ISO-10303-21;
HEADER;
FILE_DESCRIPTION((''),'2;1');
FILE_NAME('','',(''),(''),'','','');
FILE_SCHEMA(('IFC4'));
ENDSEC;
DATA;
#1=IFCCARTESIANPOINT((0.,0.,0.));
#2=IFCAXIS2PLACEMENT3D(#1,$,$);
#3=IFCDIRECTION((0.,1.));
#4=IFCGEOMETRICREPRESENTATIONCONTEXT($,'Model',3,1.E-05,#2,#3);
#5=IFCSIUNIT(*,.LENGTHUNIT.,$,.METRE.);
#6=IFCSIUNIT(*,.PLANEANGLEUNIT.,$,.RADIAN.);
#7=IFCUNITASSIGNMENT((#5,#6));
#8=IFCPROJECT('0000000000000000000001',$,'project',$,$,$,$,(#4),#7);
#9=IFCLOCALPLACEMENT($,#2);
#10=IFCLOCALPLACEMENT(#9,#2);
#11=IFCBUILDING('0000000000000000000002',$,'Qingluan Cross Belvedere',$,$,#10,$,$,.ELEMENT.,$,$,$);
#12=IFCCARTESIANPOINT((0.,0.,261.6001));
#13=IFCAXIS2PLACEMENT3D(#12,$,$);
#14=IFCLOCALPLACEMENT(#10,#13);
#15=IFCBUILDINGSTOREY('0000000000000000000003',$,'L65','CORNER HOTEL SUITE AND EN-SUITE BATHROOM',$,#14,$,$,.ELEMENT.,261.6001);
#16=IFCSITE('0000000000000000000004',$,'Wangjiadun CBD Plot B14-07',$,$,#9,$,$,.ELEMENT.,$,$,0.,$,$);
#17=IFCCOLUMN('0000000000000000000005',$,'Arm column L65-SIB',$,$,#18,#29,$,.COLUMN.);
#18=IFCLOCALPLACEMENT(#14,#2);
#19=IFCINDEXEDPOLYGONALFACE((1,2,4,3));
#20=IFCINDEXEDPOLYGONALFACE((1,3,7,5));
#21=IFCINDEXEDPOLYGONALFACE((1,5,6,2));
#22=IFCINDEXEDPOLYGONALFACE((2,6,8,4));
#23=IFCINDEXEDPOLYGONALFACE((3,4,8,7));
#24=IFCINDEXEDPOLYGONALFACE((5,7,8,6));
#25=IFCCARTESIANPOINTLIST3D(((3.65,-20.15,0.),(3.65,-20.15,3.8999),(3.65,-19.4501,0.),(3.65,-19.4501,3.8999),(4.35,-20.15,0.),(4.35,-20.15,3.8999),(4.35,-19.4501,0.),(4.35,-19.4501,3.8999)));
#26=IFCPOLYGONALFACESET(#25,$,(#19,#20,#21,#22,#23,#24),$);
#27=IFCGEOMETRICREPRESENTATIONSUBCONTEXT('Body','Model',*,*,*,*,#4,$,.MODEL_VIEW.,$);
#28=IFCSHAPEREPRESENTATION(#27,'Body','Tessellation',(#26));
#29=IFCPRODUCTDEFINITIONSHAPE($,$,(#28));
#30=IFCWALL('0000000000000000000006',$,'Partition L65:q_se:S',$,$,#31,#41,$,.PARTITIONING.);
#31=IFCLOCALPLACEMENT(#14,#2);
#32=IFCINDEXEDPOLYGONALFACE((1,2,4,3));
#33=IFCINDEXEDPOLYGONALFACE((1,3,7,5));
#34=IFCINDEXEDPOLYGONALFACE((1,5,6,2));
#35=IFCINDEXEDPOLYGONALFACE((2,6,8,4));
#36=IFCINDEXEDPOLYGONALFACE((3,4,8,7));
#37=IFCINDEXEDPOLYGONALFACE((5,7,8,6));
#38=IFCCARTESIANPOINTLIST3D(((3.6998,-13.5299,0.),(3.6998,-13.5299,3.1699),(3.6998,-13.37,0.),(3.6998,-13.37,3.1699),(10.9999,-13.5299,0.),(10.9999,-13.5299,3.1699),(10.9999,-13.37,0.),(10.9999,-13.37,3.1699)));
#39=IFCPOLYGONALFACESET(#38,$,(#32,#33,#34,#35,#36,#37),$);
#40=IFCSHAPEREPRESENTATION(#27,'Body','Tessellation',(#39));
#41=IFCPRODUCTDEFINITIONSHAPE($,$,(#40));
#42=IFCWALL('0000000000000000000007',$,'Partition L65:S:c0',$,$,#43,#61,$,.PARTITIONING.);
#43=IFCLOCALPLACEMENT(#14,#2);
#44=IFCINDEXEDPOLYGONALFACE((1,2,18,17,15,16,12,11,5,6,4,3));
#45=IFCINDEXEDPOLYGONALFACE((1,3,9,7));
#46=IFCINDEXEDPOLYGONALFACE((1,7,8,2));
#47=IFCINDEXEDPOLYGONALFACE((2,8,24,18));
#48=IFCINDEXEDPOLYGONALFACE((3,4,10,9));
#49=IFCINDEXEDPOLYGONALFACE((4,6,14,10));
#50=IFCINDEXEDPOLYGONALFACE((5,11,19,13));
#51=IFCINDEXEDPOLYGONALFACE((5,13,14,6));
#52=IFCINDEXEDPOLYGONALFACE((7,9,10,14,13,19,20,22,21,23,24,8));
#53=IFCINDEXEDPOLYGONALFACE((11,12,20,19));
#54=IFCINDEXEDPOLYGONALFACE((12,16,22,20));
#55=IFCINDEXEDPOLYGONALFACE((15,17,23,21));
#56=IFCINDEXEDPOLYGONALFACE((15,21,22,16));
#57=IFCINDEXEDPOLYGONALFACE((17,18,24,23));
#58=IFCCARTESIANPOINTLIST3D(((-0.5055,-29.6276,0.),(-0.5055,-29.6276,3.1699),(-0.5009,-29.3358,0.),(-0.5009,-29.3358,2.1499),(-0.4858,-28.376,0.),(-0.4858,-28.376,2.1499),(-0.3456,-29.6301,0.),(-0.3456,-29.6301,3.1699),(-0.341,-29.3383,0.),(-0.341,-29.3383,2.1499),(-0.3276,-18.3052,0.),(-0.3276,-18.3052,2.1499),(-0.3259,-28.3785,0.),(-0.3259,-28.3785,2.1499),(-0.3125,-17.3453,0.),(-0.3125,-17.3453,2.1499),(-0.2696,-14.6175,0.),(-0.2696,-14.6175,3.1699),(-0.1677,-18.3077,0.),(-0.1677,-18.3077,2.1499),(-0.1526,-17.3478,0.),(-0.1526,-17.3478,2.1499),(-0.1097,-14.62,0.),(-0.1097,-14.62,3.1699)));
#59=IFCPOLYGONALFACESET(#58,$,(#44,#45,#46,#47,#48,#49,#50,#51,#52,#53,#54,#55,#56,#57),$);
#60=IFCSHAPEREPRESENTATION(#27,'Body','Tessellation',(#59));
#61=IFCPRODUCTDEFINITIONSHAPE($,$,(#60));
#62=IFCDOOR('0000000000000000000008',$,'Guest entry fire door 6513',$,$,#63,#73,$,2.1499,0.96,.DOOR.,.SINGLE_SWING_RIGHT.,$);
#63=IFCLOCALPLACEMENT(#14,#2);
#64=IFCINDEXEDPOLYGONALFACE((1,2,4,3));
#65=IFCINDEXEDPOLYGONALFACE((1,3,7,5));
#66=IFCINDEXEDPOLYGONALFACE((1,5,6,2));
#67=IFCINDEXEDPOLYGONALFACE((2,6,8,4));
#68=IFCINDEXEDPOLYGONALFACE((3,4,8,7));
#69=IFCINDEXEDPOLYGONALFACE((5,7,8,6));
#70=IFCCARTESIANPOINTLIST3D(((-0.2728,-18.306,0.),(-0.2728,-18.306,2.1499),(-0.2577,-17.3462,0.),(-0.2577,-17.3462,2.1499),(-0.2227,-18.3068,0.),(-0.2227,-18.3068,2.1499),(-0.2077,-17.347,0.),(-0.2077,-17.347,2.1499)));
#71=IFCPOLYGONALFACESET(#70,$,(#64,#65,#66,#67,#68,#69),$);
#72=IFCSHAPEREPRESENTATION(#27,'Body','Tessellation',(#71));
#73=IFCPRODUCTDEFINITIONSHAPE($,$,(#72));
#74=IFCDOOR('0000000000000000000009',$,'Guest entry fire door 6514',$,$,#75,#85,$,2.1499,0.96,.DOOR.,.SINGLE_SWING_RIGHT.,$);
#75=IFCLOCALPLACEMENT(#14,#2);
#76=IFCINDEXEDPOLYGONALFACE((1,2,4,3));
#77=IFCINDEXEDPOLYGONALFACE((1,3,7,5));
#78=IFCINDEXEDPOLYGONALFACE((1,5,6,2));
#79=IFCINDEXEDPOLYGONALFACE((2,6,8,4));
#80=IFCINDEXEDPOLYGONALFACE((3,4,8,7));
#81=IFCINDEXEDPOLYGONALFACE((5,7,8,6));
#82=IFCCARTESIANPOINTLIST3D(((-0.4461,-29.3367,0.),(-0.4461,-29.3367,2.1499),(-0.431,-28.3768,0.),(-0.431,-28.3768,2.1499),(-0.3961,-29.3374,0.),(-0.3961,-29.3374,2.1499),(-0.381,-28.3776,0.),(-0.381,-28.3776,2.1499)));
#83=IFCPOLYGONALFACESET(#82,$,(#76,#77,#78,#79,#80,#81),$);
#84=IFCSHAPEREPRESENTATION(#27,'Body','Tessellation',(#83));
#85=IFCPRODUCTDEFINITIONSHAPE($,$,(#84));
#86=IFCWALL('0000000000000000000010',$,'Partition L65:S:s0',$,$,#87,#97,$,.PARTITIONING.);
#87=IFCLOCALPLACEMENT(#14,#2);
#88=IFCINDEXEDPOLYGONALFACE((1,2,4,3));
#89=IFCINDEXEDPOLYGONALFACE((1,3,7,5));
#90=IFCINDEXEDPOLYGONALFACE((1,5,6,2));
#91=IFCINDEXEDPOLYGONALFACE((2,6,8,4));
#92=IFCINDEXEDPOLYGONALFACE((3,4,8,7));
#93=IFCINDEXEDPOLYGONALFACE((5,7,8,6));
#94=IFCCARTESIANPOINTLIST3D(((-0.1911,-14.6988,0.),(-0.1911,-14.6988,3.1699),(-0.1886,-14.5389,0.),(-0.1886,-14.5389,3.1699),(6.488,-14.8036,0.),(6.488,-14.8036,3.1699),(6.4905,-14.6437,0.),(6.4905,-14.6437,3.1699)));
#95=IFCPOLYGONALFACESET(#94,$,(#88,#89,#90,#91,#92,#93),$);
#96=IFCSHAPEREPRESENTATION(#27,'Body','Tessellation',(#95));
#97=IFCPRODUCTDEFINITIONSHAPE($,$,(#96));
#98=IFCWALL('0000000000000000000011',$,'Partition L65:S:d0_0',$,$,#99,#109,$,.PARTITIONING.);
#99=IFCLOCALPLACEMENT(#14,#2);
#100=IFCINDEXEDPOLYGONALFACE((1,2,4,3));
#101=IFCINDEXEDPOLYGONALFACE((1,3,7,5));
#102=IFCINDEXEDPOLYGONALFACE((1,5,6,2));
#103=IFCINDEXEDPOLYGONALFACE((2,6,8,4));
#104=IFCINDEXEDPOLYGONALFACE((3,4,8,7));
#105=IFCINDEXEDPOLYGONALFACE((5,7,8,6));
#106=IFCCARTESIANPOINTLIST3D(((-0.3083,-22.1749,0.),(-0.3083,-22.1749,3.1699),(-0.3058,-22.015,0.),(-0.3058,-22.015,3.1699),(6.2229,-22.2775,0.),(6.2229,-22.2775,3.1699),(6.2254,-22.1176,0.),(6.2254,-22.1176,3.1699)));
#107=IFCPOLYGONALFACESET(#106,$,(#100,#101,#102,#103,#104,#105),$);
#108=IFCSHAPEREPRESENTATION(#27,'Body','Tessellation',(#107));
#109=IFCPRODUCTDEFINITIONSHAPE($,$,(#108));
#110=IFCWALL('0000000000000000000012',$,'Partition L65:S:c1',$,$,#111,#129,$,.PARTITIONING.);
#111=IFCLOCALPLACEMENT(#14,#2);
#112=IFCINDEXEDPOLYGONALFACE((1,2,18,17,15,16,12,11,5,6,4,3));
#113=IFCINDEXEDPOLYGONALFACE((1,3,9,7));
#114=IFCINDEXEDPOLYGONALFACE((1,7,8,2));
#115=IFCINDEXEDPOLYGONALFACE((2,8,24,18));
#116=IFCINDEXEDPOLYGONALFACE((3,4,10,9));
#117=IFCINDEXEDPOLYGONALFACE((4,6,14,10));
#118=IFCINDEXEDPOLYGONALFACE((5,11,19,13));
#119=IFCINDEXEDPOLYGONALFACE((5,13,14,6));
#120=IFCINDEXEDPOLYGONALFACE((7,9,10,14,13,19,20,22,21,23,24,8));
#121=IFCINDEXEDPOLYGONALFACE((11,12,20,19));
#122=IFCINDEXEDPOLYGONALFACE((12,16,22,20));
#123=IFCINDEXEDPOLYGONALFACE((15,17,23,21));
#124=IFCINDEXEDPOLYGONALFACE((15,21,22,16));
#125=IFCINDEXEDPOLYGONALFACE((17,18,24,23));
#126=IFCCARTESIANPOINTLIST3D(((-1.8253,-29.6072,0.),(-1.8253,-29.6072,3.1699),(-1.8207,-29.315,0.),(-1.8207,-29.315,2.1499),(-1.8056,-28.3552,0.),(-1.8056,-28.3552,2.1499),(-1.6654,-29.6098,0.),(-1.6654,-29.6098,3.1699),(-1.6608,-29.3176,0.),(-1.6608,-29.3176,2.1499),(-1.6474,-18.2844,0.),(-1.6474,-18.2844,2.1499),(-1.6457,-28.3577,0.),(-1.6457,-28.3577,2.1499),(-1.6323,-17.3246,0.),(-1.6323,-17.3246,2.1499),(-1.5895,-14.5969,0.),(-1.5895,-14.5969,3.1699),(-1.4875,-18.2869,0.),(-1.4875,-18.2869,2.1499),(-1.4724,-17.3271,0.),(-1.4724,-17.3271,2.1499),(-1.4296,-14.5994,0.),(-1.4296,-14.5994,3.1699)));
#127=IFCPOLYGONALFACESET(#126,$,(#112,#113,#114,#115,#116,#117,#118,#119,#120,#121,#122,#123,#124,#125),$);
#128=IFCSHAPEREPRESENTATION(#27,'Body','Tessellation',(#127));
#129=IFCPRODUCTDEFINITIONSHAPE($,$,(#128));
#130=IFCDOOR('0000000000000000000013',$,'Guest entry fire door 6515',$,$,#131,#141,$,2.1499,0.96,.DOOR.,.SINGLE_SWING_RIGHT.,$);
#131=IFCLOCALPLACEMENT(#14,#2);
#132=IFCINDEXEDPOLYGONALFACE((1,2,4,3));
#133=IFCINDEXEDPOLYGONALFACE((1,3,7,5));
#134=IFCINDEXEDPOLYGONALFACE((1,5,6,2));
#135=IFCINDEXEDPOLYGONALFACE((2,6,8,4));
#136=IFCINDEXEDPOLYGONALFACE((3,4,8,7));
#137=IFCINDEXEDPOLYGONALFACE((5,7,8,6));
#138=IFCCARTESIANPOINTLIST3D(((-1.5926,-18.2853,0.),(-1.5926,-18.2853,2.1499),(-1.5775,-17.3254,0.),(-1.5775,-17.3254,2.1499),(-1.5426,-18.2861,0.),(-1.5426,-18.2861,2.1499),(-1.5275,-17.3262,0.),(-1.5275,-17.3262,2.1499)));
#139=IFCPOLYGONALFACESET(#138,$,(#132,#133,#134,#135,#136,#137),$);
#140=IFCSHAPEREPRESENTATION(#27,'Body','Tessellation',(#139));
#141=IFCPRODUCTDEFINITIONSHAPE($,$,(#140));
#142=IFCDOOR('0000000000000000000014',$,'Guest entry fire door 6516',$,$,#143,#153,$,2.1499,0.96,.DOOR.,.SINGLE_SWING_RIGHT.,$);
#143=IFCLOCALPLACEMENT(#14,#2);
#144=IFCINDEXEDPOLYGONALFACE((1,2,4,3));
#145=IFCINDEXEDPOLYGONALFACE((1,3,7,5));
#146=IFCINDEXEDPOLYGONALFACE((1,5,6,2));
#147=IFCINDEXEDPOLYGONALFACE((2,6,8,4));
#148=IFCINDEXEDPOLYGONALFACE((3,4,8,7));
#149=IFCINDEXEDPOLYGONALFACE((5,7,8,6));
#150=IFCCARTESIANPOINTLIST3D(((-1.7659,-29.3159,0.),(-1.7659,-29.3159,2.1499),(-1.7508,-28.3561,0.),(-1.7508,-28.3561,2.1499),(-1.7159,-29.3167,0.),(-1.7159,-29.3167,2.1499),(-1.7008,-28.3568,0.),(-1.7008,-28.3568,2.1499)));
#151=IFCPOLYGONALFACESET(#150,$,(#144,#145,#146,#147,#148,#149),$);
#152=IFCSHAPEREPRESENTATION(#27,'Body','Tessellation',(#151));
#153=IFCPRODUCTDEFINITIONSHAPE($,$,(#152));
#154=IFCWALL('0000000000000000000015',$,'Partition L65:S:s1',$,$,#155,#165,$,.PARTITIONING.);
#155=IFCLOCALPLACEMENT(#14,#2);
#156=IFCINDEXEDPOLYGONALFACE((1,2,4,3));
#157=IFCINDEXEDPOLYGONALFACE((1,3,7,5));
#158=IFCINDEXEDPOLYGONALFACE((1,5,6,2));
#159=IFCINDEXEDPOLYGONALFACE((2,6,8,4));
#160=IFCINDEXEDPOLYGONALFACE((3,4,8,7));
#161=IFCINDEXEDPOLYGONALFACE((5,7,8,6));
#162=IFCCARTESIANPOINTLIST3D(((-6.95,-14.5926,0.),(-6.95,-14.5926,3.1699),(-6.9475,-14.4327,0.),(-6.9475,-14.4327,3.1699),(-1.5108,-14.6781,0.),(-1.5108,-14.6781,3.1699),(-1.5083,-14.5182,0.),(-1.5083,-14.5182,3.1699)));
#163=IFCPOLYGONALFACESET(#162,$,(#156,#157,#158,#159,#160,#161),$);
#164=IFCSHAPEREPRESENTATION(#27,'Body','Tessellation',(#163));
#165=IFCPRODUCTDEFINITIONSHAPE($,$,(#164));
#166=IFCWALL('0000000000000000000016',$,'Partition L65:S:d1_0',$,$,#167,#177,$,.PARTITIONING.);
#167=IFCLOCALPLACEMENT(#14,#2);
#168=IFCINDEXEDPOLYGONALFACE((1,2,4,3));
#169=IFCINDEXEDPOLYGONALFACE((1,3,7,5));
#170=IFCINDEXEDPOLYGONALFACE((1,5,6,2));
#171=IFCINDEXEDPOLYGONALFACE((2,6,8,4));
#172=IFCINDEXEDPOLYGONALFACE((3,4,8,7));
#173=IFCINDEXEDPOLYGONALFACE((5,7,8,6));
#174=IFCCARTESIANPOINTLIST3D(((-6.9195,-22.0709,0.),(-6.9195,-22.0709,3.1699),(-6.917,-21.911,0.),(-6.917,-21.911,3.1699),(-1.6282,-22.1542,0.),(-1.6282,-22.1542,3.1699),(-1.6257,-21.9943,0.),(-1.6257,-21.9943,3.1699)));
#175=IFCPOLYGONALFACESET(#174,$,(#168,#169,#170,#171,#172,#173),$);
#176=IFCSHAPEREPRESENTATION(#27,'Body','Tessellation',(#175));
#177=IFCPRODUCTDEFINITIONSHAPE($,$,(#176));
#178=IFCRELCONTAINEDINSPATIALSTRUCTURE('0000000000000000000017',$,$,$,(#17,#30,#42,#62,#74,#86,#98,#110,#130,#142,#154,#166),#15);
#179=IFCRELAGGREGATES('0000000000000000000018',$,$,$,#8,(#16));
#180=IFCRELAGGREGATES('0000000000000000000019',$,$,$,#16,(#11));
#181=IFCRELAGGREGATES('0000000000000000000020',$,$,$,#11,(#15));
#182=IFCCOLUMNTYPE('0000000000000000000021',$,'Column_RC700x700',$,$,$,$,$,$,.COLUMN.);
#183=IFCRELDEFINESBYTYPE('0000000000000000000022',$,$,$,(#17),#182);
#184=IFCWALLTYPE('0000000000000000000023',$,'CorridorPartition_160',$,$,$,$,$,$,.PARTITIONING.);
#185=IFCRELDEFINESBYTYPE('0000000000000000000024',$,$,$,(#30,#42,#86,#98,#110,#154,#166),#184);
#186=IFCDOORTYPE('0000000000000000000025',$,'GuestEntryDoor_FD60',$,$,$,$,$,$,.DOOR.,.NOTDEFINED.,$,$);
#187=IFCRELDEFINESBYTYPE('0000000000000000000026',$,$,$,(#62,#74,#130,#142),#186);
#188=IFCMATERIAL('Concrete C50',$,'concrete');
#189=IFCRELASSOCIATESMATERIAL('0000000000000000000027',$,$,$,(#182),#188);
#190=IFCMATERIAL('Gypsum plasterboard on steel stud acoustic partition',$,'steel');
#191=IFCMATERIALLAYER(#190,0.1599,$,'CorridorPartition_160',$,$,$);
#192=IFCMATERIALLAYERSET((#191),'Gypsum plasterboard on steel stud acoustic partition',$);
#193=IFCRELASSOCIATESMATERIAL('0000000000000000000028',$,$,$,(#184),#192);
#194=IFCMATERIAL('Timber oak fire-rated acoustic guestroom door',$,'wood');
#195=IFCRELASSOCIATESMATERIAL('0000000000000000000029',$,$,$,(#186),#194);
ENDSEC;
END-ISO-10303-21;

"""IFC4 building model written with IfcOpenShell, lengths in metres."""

from ifc_helpers import new_model, si_unit, direction, frame, frame_2d, origin, origin_2d, place, context, subcontext, project, spatial, rectangle, extrude, material, layer, layer_set, material_profile, profile_set, type_object, element, fill, save


model = new_model("IFC4")

# Units and contexts
model_context = context("Model", 3, precision=1e-05, world=origin(), true_north=direction((0.0, 1.0)))
body_context = subcontext(model_context, "Body", "Model", "MODEL_VIEW")
ifc_project = project(units=[si_unit("LENGTHUNIT", "METRE"), si_unit("PLANEANGLEUNIT", "RADIAN")], contexts=[model_context])

# Site, building, storey
site_placement = place(None, origin())
site = spatial("IfcSite", under=ifc_project, at=site_placement, Name="Wangjiadun CBD Plot B14-07", CompositionType="ELEMENT", RefElevation=0.0)
building_placement = place(site_placement, origin())
building = spatial("IfcBuilding", under=site, at=building_placement, Name="Qingluan Cross Belvedere", CompositionType="ELEMENT")
storey_placement = place(building_placement, frame((0.0, 0.0, 261.6001)))
storey = spatial("IfcBuildingStorey", under=building, at=storey_placement, Name="L65", Description="CORNER HOTEL SUITE AND EN-SUITE BATHROOM", CompositionType="ELEMENT", Elevation=261.6001)

# Column
ifc_material_1 = material(Name="Concrete C50", Category="concrete")
ifc_material_profile = material_profile(ifc_material_1, rectangle(XDim=0.7, YDim=0.7, at=origin_2d()), Name="RC700x700")
ifc_profile_set = profile_set([ifc_material_profile], Name="Concrete C50")
column_type = type_object("IfcColumnType", Name="Column_RC700x700", PredefinedType="COLUMN", material=ifc_profile_set)
column_placement = place(storey_placement, frame((4.0, -19.8, 0.0), z_axis=(0.0, 0.0, 1.0), x_axis=(1.0, 0.0, 0.0)))
element("IfcColumn", 1, at=column_placement, inside=storey, type_object=column_type, Name="Arm column L65-SIB", PredefinedType="COLUMN", context=body_context, shape_type="SweptSolid", body=[
    extrude(rectangle(XDim=0.7, YDim=0.7, at=origin_2d()), origin(), (0.0, 0.0, 1.0), 3.8999),
])

# Wall
ifc_material_2 = material(Name="Gypsum plasterboard on steel stud acoustic partition", Category="steel")
ifc_layer_1 = layer(ifc_material_2, 0.1599, Name="CorridorPartition_160")
ifc_layer_set_1 = layer_set([ifc_layer_1], Name="Gypsum plasterboard on steel stud acoustic partition")
wall_type_1 = type_object("IfcWallType", Name="CorridorPartition_160", PredefinedType="PARTITIONING", material=ifc_layer_set_1)
wall_1_placement = place(storey_placement, frame((3.7, -13.45, 0.0), z_axis=(0.0, 0.0, 1.0), x_axis=(1.0, 0.0, 0.0)))
element("IfcWall", 2, at=wall_1_placement, inside=storey, type_object=wall_type_1, Name="Partition L65:q_se:S", PredefinedType="PARTITIONING", context=body_context, shape_type="SweptSolid", body=[
    extrude(rectangle(XDim=7.3, YDim=0.1599, at=frame_2d((3.6499, 0.0))), origin(), (0.0, 0.0, 1.0), 3.1699),
])

# Wall, openings, doors
wall_2_placement = place(storey_placement, frame((-0.1897, -14.6189, 0.0), z_axis=(0.0, 0.0, 1.0), x_axis=(-0.01571, -0.999877, 0.0)))
wall_2 = element("IfcWall", 3, at=wall_2_placement, inside=storey, type_object=wall_type_1, Name="Partition L65:S:c0", PredefinedType="PARTITIONING", context=body_context, shape_type="SweptSolid", body=[
    extrude(rectangle(XDim=15.012, YDim=0.1599, at=frame_2d((7.5059, 0.0))), origin(), (0.0, 0.0, 1.0), 3.1699),
])
opening_1_placement = place(wall_2_placement, frame((2.728, 0.0, 0.0)))
opening_1 = element("IfcOpeningElement", 4, at=opening_1_placement, cuts=wall_2, PredefinedType="OPENING", context=body_context, shape_type="SweptSolid", body=[
    extrude(rectangle(XDim=0.96, YDim=2.1499, at=frame_2d((0.48, 1.075))), frame((0.0, 0.0898, 0.0), z_axis=(0.0, -1.0, 0.0), x_axis=(1.0, 0.0, 0.0)), (0.0, 0.0, 1.0), 0.1799),
])
opening_2_placement = place(wall_2_placement, frame((13.76, 0.0, 0.0)))
opening_2 = element("IfcOpeningElement", 5, at=opening_2_placement, cuts=wall_2, PredefinedType="OPENING", context=body_context, shape_type="SweptSolid", body=[
    extrude(rectangle(XDim=0.96, YDim=2.1499, at=frame_2d((0.48, 1.075))), frame((0.0, 0.0898, 0.0), z_axis=(0.0, -1.0, 0.0), x_axis=(1.0, 0.0, 0.0)), (0.0, 0.0, 1.0), 0.1799),
])
ifc_material_3 = material(Name="Timber oak fire-rated acoustic guestroom door", Category="wood")
door_type_1 = type_object("IfcDoorType", Name="GuestEntryDoor_FD60", OperationType="NOTDEFINED", PredefinedType="DOOR", material=ifc_material_3)
door_1_placement = place(opening_1_placement, origin())
door_1 = element("IfcDoor", 6, at=door_1_placement, inside=storey, type_object=door_type_1, Name="Guest entry fire door 6513", OperationType="SINGLE_SWING_RIGHT", OverallHeight=2.1499, OverallWidth=0.96, PredefinedType="DOOR", context=body_context, shape_type="SweptSolid", body=[
    extrude(rectangle(XDim=0.96, YDim=2.1499, at=frame_2d((0.48, 1.075))), frame((0.0, 0.0249, 0.0), z_axis=(0.0, -1.0, 0.0), x_axis=(1.0, 0.0, 0.0)), (0.0, 0.0, 1.0), 0.05),
])
fill(opening_1, door_1)
door_2_placement = place(opening_2_placement, origin())
door_2 = element("IfcDoor", 7, at=door_2_placement, inside=storey, type_object=door_type_1, Name="Guest entry fire door 6514", OperationType="SINGLE_SWING_RIGHT", OverallHeight=2.1499, OverallWidth=0.96, PredefinedType="DOOR", context=body_context, shape_type="SweptSolid", body=[
    extrude(rectangle(XDim=0.96, YDim=2.1499, at=frame_2d((0.48, 1.075))), frame((0.0, 0.0249, 0.0), z_axis=(0.0, -1.0, 0.0), x_axis=(1.0, 0.0, 0.0)), (0.0, 0.0, 1.0), 0.05),
])
fill(opening_2, door_2)

# Walls
wall_3_placement = place(storey_placement, frame((-0.1897, -14.6189, 0.0), z_axis=(0.0, 0.0, 1.0), x_axis=(0.999877, -0.015679, 0.0)))
element("IfcWall", 8, at=wall_3_placement, inside=storey, type_object=wall_type_1, Name="Partition L65:S:s0", PredefinedType="PARTITIONING", context=body_context, shape_type="SweptSolid", body=[
    extrude(rectangle(XDim=6.6799, YDim=0.1599, at=frame_2d((3.3398, 0.0))), origin(), (0.0, 0.0, 1.0), 3.1699),
])
wall_4_placement = place(storey_placement, frame((-0.3071, -22.095, 0.0), z_axis=(0.0, 0.0, 1.0), x_axis=(0.999877, -0.015698, 0.0)))
element("IfcWall", 9, at=wall_4_placement, inside=storey, type_object=wall_type_1, Name="Partition L65:S:d0_0", PredefinedType="PARTITIONING", context=body_context, shape_type="SweptSolid", body=[
    extrude(rectangle(XDim=6.532, YDim=0.1599, at=frame_2d((3.2661, 0.0))), origin(), (0.0, 0.0, 1.0), 3.1699),
])

# Wall, openings, doors
wall_5_placement = place(storey_placement, frame((-1.5095, -14.5981, 0.0), z_axis=(0.0, 0.0, 1.0), x_axis=(-0.01571, -0.999877, 0.0)))
wall_5 = element("IfcWall", 10, at=wall_5_placement, inside=storey, type_object=wall_type_1, Name="Partition L65:S:c1", PredefinedType="PARTITIONING", context=body_context, shape_type="SweptSolid", body=[
    extrude(rectangle(XDim=15.0122, YDim=0.1599, at=frame_2d((7.5061, 0.0))), origin(), (0.0, 0.0, 1.0), 3.1699),
])
opening_3_placement = place(wall_5_placement, frame((2.728, 0.0, 0.0)))
opening_3 = element("IfcOpeningElement", 11, at=opening_3_placement, cuts=wall_5, PredefinedType="OPENING", context=body_context, shape_type="SweptSolid", body=[
    extrude(rectangle(XDim=0.96, YDim=2.1499, at=frame_2d((0.48, 1.075))), frame((0.0, 0.0898, 0.0), z_axis=(0.0, -1.0, 0.0), x_axis=(1.0, 0.0, 0.0)), (0.0, 0.0, 1.0), 0.1799),
])
opening_4_placement = place(wall_5_placement, frame((13.76, 0.0, 0.0)))
opening_4 = element("IfcOpeningElement", 12, at=opening_4_placement, cuts=wall_5, PredefinedType="OPENING", context=body_context, shape_type="SweptSolid", body=[
    extrude(rectangle(XDim=0.96, YDim=2.1499, at=frame_2d((0.48, 1.075))), frame((0.0, 0.0898, 0.0), z_axis=(0.0, -1.0, 0.0), x_axis=(1.0, 0.0, 0.0)), (0.0, 0.0, 1.0), 0.1799),
])
door_3_placement = place(opening_3_placement, origin())
door_3 = element("IfcDoor", 13, at=door_3_placement, inside=storey, type_object=door_type_1, Name="Guest entry fire door 6515", OperationType="SINGLE_SWING_RIGHT", OverallHeight=2.1499, OverallWidth=0.96, PredefinedType="DOOR", context=body_context, shape_type="SweptSolid", body=[
    extrude(rectangle(XDim=0.96, YDim=2.1499, at=frame_2d((0.48, 1.075))), frame((0.0, 0.0249, 0.0), z_axis=(0.0, -1.0, 0.0), x_axis=(1.0, 0.0, 0.0)), (0.0, 0.0, 1.0), 0.05),
])
fill(opening_3, door_3)
door_4_placement = place(opening_4_placement, origin())
door_4 = element("IfcDoor", 14, at=door_4_placement, inside=storey, type_object=door_type_1, Name="Guest entry fire door 6516", OperationType="SINGLE_SWING_RIGHT", OverallHeight=2.1499, OverallWidth=0.96, PredefinedType="DOOR", context=body_context, shape_type="SweptSolid", body=[
    extrude(rectangle(XDim=0.96, YDim=2.1499, at=frame_2d((0.48, 1.075))), frame((0.0, 0.0249, 0.0), z_axis=(0.0, -1.0, 0.0), x_axis=(1.0, 0.0, 0.0)), (0.0, 0.0, 1.0), 0.05),
])
fill(opening_4, door_4)

# Walls
wall_6_placement = place(storey_placement, frame((-1.5095, -14.5981, 0.0), z_axis=(0.0, 0.0, 1.0), x_axis=(-0.999877, 0.015708, 0.0)))
element("IfcWall", 15, at=wall_6_placement, inside=storey, type_object=wall_type_1, Name="Partition L65:S:s1", PredefinedType="PARTITIONING", context=body_context, shape_type="SweptSolid", body=[
    extrude(rectangle(XDim=5.4399, YDim=0.1599, at=frame_2d((2.72, 0.0))), origin(), (0.0, 0.0, 1.0), 3.1699),
])
wall_7_placement = place(storey_placement, frame((-1.627, -22.0742, 0.0), z_axis=(0.0, 0.0, 1.0), x_axis=(-0.999876, 0.015732, 0.0)))
element("IfcWall", 16, at=wall_7_placement, inside=storey, type_object=wall_type_1, Name="Partition L65:S:d1_0", PredefinedType="PARTITIONING", context=body_context, shape_type="SweptSolid", body=[
    extrude(rectangle(XDim=5.292, YDim=0.1599, at=frame_2d((2.646, 0.0))), origin(), (0.0, 0.0, 1.0), 3.1699),
])

save(model, "model.ifc")
